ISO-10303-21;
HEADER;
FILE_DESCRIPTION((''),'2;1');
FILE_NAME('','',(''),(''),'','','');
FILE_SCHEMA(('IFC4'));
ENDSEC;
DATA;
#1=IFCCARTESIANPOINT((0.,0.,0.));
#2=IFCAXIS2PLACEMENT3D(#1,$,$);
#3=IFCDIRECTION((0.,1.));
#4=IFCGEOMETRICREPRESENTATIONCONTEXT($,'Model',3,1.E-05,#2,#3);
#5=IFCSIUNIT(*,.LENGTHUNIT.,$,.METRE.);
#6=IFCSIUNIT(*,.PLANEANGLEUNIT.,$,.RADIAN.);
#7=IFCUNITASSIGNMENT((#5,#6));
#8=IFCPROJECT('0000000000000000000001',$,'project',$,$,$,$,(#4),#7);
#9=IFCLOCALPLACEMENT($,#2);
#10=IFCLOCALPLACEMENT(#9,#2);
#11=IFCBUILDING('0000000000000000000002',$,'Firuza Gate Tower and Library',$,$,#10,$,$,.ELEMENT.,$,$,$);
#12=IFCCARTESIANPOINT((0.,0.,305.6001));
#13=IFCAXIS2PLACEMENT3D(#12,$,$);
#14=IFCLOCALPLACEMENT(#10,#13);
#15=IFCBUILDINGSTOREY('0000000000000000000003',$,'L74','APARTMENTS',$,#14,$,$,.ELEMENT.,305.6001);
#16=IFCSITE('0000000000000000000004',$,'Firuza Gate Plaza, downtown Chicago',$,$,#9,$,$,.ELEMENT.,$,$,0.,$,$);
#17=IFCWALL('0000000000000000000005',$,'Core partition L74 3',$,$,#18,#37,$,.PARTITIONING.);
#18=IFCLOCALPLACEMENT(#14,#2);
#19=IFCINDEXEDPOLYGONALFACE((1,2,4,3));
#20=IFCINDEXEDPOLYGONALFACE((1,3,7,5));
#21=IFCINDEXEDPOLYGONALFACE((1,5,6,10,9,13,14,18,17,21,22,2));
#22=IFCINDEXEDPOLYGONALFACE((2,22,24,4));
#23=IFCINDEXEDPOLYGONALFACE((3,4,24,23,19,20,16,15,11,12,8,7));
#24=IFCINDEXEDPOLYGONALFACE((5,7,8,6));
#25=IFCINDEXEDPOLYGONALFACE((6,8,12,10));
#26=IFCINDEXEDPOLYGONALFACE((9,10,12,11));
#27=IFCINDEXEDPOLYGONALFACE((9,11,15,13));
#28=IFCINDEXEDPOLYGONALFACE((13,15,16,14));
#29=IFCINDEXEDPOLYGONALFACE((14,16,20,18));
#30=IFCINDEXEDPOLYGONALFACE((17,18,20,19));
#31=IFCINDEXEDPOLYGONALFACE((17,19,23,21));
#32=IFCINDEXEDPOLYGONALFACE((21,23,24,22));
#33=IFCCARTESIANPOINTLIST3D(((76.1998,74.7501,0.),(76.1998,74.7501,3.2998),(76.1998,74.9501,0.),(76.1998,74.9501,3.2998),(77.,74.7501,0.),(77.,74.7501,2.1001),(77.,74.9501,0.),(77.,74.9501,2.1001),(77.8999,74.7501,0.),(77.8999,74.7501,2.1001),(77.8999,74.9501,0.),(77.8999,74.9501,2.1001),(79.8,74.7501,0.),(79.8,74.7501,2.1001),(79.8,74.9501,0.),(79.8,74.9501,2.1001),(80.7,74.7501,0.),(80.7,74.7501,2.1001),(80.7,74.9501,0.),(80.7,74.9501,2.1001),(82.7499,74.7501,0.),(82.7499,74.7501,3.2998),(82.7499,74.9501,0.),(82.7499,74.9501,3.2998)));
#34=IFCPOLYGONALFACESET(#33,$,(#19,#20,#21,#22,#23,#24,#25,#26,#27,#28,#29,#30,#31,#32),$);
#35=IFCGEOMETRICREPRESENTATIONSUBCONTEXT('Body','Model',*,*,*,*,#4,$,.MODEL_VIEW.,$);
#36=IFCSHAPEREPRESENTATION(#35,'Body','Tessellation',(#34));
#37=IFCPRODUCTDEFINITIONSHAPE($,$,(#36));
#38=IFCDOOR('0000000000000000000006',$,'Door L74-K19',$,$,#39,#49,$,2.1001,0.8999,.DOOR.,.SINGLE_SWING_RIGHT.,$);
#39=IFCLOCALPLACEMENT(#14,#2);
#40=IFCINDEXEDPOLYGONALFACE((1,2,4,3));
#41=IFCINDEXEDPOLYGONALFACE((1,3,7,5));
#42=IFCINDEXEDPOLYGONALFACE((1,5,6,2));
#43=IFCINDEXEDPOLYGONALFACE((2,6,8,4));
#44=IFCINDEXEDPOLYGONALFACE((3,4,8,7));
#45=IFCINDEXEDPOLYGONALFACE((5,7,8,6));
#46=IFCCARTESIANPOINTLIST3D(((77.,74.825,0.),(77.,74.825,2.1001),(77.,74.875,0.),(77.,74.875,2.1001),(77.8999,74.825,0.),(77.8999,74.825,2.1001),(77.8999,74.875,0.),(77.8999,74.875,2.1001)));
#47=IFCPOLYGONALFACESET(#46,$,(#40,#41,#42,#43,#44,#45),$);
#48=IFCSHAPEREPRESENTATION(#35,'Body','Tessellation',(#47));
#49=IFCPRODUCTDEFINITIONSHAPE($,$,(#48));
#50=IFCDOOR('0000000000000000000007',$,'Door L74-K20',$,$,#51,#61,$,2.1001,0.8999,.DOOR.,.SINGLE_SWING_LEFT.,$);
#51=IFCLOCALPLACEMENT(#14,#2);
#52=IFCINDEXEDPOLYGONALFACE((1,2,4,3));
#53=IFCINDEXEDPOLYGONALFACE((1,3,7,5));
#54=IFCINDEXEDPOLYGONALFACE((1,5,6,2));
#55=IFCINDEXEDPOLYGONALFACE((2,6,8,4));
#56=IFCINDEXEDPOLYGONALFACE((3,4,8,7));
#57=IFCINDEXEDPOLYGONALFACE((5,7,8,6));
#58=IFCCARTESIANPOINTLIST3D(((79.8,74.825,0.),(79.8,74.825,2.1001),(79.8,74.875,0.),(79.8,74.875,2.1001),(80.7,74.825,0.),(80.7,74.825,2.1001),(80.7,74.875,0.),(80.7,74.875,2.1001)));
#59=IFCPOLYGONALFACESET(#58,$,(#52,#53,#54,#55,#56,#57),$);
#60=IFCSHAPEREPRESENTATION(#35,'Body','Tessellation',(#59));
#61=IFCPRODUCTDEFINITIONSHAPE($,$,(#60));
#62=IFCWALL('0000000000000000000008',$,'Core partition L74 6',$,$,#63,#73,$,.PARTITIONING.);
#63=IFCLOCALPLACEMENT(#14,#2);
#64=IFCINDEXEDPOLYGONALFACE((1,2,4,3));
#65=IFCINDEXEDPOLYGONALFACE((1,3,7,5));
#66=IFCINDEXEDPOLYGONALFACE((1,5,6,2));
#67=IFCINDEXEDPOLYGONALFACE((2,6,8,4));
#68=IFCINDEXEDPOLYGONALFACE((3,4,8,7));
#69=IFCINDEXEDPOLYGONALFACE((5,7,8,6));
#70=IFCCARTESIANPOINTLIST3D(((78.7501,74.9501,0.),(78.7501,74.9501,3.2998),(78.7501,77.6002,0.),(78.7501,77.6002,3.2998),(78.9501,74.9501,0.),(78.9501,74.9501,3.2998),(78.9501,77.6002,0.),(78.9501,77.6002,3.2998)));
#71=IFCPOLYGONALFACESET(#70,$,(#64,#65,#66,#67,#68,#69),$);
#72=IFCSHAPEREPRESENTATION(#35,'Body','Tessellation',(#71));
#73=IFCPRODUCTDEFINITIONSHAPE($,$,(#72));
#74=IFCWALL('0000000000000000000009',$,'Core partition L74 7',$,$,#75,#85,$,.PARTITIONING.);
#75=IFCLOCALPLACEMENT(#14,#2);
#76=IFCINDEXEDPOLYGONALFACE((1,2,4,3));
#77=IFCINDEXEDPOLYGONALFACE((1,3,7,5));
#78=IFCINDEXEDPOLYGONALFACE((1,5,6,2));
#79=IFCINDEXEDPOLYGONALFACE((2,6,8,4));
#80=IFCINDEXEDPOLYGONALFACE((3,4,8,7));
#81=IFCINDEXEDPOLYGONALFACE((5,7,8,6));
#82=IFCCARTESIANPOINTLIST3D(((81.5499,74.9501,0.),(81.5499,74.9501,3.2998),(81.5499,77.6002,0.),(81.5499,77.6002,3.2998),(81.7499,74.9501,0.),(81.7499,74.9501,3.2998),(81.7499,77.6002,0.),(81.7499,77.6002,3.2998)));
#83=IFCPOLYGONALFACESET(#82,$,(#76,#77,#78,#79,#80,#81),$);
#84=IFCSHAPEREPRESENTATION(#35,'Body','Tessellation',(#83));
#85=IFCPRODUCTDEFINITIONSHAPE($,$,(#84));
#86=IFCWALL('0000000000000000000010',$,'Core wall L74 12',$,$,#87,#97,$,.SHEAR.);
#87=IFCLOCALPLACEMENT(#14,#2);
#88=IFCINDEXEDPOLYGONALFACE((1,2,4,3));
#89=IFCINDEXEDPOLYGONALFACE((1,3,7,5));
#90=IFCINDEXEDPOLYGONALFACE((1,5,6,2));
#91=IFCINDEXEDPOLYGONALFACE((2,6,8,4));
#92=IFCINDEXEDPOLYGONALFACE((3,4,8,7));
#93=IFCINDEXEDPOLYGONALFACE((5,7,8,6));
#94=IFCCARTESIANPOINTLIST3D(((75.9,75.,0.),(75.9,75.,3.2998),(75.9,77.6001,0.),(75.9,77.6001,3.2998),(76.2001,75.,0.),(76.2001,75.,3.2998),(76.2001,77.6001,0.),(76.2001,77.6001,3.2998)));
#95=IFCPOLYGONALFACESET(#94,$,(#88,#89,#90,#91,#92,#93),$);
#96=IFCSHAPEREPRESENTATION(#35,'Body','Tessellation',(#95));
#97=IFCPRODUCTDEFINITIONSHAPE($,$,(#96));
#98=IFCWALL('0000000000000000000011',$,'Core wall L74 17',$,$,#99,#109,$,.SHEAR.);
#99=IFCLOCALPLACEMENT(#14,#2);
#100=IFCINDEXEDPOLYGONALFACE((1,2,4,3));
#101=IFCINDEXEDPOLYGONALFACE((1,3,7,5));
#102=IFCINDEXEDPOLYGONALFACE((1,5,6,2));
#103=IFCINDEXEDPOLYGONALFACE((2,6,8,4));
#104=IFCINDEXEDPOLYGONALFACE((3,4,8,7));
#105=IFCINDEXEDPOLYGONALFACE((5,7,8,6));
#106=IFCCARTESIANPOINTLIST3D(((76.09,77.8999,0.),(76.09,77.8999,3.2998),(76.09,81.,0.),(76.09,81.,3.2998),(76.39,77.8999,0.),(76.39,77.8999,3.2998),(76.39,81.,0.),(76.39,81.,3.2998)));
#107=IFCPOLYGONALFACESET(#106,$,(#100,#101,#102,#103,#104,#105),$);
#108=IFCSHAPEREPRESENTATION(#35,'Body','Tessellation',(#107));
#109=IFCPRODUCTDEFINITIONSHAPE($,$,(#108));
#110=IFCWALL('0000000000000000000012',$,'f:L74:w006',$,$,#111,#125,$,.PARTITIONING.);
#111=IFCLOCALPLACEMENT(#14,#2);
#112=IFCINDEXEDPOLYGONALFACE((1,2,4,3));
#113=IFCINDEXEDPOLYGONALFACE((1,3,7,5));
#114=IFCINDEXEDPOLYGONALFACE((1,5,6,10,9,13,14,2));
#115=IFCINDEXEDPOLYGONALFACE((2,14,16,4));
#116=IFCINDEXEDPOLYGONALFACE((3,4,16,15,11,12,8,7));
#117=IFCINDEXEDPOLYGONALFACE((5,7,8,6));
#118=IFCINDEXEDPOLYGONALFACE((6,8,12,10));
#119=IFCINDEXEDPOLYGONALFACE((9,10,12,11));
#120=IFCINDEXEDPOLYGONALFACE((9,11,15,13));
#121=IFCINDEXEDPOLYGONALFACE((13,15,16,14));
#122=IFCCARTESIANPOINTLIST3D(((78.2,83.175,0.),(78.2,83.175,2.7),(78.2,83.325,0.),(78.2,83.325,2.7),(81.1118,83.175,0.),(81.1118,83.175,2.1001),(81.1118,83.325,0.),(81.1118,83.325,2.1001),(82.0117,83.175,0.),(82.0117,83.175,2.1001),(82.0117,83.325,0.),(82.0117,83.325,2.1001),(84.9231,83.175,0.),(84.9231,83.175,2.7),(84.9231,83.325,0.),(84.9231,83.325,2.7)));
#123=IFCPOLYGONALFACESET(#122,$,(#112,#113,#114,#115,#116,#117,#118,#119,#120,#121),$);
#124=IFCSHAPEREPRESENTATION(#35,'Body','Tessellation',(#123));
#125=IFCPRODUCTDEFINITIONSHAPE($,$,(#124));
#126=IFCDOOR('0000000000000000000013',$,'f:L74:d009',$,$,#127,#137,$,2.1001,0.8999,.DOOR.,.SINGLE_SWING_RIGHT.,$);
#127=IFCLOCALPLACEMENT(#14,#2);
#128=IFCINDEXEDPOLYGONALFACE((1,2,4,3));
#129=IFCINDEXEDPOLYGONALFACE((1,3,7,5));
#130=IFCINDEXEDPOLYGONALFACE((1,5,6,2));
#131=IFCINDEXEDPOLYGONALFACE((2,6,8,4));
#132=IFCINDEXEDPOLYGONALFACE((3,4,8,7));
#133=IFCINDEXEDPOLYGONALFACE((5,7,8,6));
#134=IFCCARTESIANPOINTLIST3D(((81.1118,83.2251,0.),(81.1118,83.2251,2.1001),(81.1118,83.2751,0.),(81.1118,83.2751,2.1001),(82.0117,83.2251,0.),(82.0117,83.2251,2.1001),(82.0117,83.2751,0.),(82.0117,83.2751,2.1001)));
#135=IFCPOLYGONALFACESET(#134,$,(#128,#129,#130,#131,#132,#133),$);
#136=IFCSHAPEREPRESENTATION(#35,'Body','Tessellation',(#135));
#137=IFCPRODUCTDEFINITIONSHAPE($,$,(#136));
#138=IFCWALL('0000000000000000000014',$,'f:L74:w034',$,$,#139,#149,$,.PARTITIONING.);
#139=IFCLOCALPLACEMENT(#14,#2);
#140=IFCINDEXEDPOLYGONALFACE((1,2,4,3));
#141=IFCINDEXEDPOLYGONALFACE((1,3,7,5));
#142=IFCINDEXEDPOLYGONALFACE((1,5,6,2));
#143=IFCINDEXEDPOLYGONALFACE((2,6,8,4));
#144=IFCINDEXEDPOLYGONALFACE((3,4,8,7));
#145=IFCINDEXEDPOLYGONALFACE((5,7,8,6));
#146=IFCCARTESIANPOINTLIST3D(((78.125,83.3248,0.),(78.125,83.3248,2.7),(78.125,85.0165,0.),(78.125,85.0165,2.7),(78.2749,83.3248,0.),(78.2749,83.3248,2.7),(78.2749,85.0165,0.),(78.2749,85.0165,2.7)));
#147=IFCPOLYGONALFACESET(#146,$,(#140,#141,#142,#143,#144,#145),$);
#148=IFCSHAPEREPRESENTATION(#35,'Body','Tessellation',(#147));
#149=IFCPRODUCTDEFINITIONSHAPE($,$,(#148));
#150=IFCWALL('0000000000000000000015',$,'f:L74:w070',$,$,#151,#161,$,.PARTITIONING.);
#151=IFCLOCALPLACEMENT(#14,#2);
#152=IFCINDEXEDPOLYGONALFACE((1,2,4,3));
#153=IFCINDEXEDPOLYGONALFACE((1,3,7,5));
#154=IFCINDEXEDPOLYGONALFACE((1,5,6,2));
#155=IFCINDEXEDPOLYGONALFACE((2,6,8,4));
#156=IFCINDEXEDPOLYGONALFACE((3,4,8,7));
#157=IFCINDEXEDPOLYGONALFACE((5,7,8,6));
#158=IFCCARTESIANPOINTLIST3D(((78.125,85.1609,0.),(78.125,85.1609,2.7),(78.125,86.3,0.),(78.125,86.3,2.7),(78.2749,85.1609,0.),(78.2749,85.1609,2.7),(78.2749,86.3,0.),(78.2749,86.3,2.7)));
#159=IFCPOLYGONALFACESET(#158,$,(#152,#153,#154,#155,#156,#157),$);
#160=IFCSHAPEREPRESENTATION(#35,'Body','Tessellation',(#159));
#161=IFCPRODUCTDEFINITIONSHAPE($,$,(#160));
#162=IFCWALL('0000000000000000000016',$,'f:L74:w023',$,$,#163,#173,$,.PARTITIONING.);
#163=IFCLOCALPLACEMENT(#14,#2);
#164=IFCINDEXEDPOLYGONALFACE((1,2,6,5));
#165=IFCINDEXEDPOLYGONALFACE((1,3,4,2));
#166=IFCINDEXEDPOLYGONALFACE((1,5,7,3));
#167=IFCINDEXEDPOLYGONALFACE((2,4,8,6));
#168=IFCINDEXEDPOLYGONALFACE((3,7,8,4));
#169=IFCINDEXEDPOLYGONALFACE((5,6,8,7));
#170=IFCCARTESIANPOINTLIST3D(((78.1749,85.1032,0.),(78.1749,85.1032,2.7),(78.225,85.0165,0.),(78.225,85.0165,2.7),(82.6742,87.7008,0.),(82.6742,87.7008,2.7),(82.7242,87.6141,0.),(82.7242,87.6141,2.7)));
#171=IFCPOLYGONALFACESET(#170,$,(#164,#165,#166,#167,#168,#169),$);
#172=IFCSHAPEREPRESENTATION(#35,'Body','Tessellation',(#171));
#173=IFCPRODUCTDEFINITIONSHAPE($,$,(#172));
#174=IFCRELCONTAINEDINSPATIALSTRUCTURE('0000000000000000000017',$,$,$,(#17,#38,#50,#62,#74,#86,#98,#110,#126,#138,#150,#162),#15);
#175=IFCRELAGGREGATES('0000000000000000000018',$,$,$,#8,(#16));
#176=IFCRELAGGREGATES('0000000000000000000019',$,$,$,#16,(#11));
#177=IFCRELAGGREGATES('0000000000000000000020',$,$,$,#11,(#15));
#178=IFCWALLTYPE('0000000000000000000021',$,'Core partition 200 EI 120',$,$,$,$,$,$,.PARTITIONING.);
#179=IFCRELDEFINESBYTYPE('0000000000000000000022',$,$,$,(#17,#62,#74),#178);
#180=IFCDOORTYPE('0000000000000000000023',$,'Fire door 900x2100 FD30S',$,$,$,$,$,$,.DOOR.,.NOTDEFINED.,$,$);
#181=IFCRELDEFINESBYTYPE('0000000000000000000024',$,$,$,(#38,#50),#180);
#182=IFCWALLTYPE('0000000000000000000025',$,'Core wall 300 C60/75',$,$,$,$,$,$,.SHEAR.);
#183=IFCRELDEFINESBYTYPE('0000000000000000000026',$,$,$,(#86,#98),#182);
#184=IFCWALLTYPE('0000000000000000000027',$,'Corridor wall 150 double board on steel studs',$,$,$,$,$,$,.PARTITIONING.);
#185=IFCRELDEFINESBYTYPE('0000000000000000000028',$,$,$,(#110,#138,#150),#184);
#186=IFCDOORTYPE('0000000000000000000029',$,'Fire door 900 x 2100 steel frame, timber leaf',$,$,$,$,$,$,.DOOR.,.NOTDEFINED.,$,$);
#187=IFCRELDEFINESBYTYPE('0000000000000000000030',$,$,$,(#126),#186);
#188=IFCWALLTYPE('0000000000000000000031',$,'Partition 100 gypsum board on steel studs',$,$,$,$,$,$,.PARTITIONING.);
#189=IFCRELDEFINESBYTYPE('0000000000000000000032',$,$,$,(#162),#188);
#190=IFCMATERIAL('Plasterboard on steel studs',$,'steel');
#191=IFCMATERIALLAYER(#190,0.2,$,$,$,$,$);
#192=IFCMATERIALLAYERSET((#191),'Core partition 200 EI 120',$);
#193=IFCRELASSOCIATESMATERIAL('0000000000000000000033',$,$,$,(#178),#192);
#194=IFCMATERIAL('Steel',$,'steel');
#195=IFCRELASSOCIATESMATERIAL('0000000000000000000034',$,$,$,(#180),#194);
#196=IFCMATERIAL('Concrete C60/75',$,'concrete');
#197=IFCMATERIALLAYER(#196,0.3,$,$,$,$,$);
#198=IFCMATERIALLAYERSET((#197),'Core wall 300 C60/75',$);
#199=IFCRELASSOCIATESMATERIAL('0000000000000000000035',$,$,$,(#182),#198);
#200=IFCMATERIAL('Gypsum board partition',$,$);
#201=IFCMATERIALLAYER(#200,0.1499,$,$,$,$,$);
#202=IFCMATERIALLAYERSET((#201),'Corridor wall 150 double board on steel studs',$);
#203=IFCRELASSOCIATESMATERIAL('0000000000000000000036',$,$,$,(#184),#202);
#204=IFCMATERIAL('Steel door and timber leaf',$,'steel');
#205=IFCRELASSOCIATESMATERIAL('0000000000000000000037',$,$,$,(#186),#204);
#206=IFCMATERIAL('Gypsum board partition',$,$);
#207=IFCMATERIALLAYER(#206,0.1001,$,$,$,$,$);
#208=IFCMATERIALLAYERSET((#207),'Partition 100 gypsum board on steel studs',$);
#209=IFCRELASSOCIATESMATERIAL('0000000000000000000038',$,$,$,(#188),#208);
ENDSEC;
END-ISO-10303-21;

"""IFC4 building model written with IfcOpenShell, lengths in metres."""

from ifc_helpers import new_model, si_unit, direction, frame, frame_2d, origin, place, context, subcontext, project, spatial, rectangle, extrude, material, layer, layer_set, type_object, element, fill, save


model = new_model("IFC4")

# Units and contexts
model_context = context("Model", 3, precision=1e-05, world=origin(), true_north=direction((0.0, 1.0)))
body_context = subcontext(model_context, "Body", "Model", "MODEL_VIEW")
ifc_project = project(units=[si_unit("LENGTHUNIT", "METRE"), si_unit("PLANEANGLEUNIT", "RADIAN")], contexts=[model_context])

# Site, building, storey
site_placement = place(None, origin())
site = spatial("IfcSite", under=ifc_project, at=site_placement, Name="Firuza Gate Plaza, downtown Chicago", CompositionType="ELEMENT", RefElevation=0.0)
building_placement = place(site_placement, origin())
building = spatial("IfcBuilding", under=site, at=building_placement, Name="Firuza Gate Tower and Library", CompositionType="ELEMENT")
storey_placement = place(building_placement, frame((0.0, 0.0, 305.6001)))
storey = spatial("IfcBuildingStorey", under=building, at=storey_placement, Name="L74", Description="APARTMENTS", CompositionType="ELEMENT", Elevation=305.6001)

# Shared definitions
ifc_material_1 = material(Name="Plasterboard on steel studs", Category="steel")
ifc_layer_1 = layer(ifc_material_1, 0.2)
ifc_layer_set_1 = layer_set([ifc_layer_1], Name="Core partition 200 EI 120")
wall_type_1 = type_object("IfcWallType", Name="Core partition 200 EI 120", PredefinedType="PARTITIONING", material=ifc_layer_set_1)

# Wall, openings, doors
wall_1_placement = place(storey_placement, frame((76.2, 74.8501, 0.0), z_axis=(0.0, 0.0, 1.0), x_axis=(1.0, 0.0, 0.0)))
wall_1 = element("IfcWall", 1, at=wall_1_placement, inside=storey, type_object=wall_type_1, Name="Core partition L74 3", PredefinedType="PARTITIONING", context=body_context, shape_type="SweptSolid", body=[
    extrude(rectangle(XDim=6.55, YDim=0.2, at=frame_2d((3.2749, 0.0))), origin(), (0.0, 0.0, 1.0), 3.2998),
])
opening_1_placement = place(wall_1_placement, frame((0.8, 0.0, 0.0)))
opening_1 = element("IfcOpeningElement", 2, at=opening_1_placement, cuts=wall_1, PredefinedType="OPENING", context=body_context, shape_type="SweptSolid", body=[
    extrude(rectangle(XDim=0.8999, YDim=2.1001, at=frame_2d((0.45, 1.05))), frame((0.0, 0.1099, 0.0), z_axis=(0.0, -1.0, 0.0), x_axis=(1.0, 0.0, 0.0)), (0.0, 0.0, 1.0), 0.22),
])
opening_2_placement = place(wall_1_placement, frame((3.6001, 0.0, 0.0)))
opening_2 = element("IfcOpeningElement", 3, at=opening_2_placement, cuts=wall_1, PredefinedType="OPENING", context=body_context, shape_type="SweptSolid", body=[
    extrude(rectangle(XDim=0.8999, YDim=2.1001, at=frame_2d((0.45, 1.05))), frame((0.0, 0.1099, 0.0), z_axis=(0.0, -1.0, 0.0), x_axis=(1.0, 0.0, 0.0)), (0.0, 0.0, 1.0), 0.22),
])
ifc_material_2 = material(Name="Steel", Category="steel")
door_type_1 = type_object("IfcDoorType", Name="Fire door 900x2100 FD30S", OperationType="NOTDEFINED", PredefinedType="DOOR", material=ifc_material_2)
door_1_placement = place(opening_1_placement, origin())
door_1 = element("IfcDoor", 4, at=door_1_placement, inside=storey, type_object=door_type_1, Name="Door L74-K19", OperationType="SINGLE_SWING_RIGHT", OverallHeight=2.1001, OverallWidth=0.8999, PredefinedType="DOOR", context=body_context, shape_type="SweptSolid", body=[
    extrude(rectangle(XDim=0.8999, YDim=2.1001, at=frame_2d((0.45, 1.05))), frame((0.0, 0.0249, 0.0), z_axis=(0.0, -1.0, 0.0), x_axis=(1.0, 0.0, 0.0)), (0.0, 0.0, 1.0), 0.05),
])
fill(opening_1, door_1)
door_2_placement = place(opening_2_placement, origin())
door_2 = element("IfcDoor", 5, at=door_2_placement, inside=storey, type_object=door_type_1, Name="Door L74-K20", OperationType="SINGLE_SWING_LEFT", OverallHeight=2.1001, OverallWidth=0.8999, PredefinedType="DOOR", context=body_context, shape_type="SweptSolid", body=[
    extrude(rectangle(XDim=0.8999, YDim=2.1001, at=frame_2d((0.45, 1.05))), frame((0.0, 0.0249, 0.0), z_axis=(0.0, -1.0, 0.0), x_axis=(1.0, 0.0, 0.0)), (0.0, 0.0, 1.0), 0.05),
])
fill(opening_2, door_2)

# Walls
for number, where, z_axis, x_axis, name in (
    (6, (78.8501, 74.95, 0.0), (0.0, 0.0, 1.0), (0.0, 1.0, 0.0), "Core partition L74 6"),
    (7, (81.6499, 74.95, 0.0), (0.0, 0.0, 1.0), (0.0, 1.0, 0.0), "Core partition L74 7"),
):
    element("IfcWall", number, at=place(storey_placement, frame(where, z_axis=z_axis, x_axis=x_axis)), inside=storey, type_object=wall_type_1, Name=name, PredefinedType="PARTITIONING", context=body_context, shape_type="SweptSolid", body=[
        extrude(rectangle(XDim=2.6501, YDim=0.2, at=frame_2d((1.3252, 0.0))), origin(), (0.0, 0.0, 1.0), 3.2998),
    ])
ifc_material_3 = material(Name="Concrete C60/75", Category="concrete")
ifc_layer_2 = layer(ifc_material_3, 0.3)
ifc_layer_set_2 = layer_set([ifc_layer_2], Name="Core wall 300 C60/75")
wall_type_2 = type_object("IfcWallType", Name="Core wall 300 C60/75", PredefinedType="SHEAR", material=ifc_layer_set_2)
wall_2_placement = place(storey_placement, frame((76.05, 75.0, 0.0), z_axis=(0.0, 0.0, 1.0), x_axis=(0.0, 1.0, 0.0)))
element("IfcWall", 8, at=wall_2_placement, inside=storey, type_object=wall_type_2, Name="Core wall L74 12", PredefinedType="SHEAR", context=body_context, shape_type="SweptSolid", body=[
    extrude(rectangle(XDim=2.6001, YDim=0.3, at=frame_2d((1.3, 0.0))), origin(), (0.0, 0.0, 1.0), 3.2998),
])
wall_3_placement = place(storey_placement, frame((76.24, 77.8999, 0.0), z_axis=(0.0, 0.0, 1.0), x_axis=(0.0, 1.0, 0.0)))
element("IfcWall", 9, at=wall_3_placement, inside=storey, type_object=wall_type_2, Name="Core wall L74 17", PredefinedType="SHEAR", context=body_context, shape_type="SweptSolid", body=[
    extrude(rectangle(XDim=3.1001, YDim=0.3, at=frame_2d((1.55, 0.0))), origin(), (0.0, 0.0, 1.0), 3.2998),
])

# Wall, opening, door
ifc_material_4 = material(Name="Gypsum board partition")
ifc_layer_3 = layer(ifc_material_4, 0.1499)
ifc_layer_set_3 = layer_set([ifc_layer_3], Name="Corridor wall 150 double board on steel studs")
wall_type_3 = type_object("IfcWallType", Name="Corridor wall 150 double board on steel studs", PredefinedType="PARTITIONING", material=ifc_layer_set_3)
wall_4_placement = place(storey_placement, frame((84.9231, 83.25, 0.0), z_axis=(0.0, 0.0, 1.0), x_axis=(-1.0, 0.0, 0.0)))
wall_4 = element("IfcWall", 10, at=wall_4_placement, inside=storey, type_object=wall_type_3, Name="f:L74:w006", PredefinedType="PARTITIONING", context=body_context, shape_type="SweptSolid", body=[
    extrude(rectangle(XDim=6.7231, YDim=0.1499, at=frame_2d((3.3616, 0.0))), origin(), (0.0, 0.0, 1.0), 2.7),
])
opening_3_placement = place(wall_4_placement, frame((2.9114, 0.0, 0.0)))
opening_3 = element("IfcOpeningElement", 11, at=opening_3_placement, cuts=wall_4, PredefinedType="OPENING", context=body_context, shape_type="SweptSolid", body=[
    extrude(rectangle(XDim=0.8999, YDim=2.1001, at=frame_2d((0.45, 1.05))), frame((0.0, 0.085, 0.0), z_axis=(0.0, -1.0, 0.0), x_axis=(1.0, 0.0, 0.0)), (0.0, 0.0, 1.0), 0.1699),
])
ifc_material_5 = material(Name="Steel door and timber leaf", Category="steel")
door_type_2 = type_object("IfcDoorType", Name="Fire door 900 x 2100 steel frame, timber leaf", OperationType="NOTDEFINED", PredefinedType="DOOR", material=ifc_material_5)
door_3_placement = place(opening_3_placement, origin())
door_3 = element("IfcDoor", 12, at=door_3_placement, inside=storey, type_object=door_type_2, Name="f:L74:d009", OperationType="SINGLE_SWING_RIGHT", OverallHeight=2.1001, OverallWidth=0.8999, PredefinedType="DOOR", context=body_context, shape_type="SweptSolid", body=[
    extrude(rectangle(XDim=0.8999, YDim=2.1001, at=frame_2d((0.45, 1.05))), frame((0.0, 0.0249, 0.0), z_axis=(0.0, -1.0, 0.0), x_axis=(1.0, 0.0, 0.0)), (0.0, 0.0, 1.0), 0.05),
])
fill(opening_3, door_3)

# Walls
wall_5_placement = place(storey_placement, frame((78.2, 83.325, 0.0), z_axis=(0.0, 0.0, 1.0), x_axis=(0.0, 1.0, 0.0)))
element("IfcWall", 13, at=wall_5_placement, inside=storey, type_object=wall_type_3, Name="f:L74:w034", PredefinedType="PARTITIONING", context=body_context, shape_type="SweptSolid", body=[
    extrude(rectangle(XDim=1.6917, YDim=0.1499, at=frame_2d((0.8457, 0.0))), origin(), (0.0, 0.0, 1.0), 2.7),
])
wall_6_placement = place(storey_placement, frame((78.2, 85.1609, 0.0), z_axis=(0.0, 0.0, 1.0), x_axis=(0.0, 1.0, 0.0)))
element("IfcWall", 14, at=wall_6_placement, inside=storey, type_object=wall_type_3, Name="f:L74:w070", PredefinedType="PARTITIONING", context=body_context, shape_type="SweptSolid", body=[
    extrude(rectangle(XDim=1.1392, YDim=0.1499, at=frame_2d((0.5696, 0.0))), origin(), (0.0, 0.0, 1.0), 2.7),
])
ifc_material_6 = material(Name="Gypsum board partition")
ifc_layer_4 = layer(ifc_material_6, 0.1001)
ifc_layer_set_4 = layer_set([ifc_layer_4], Name="Partition 100 gypsum board on steel studs")
wall_type_4 = type_object("IfcWallType", Name="Partition 100 gypsum board on steel studs", PredefinedType="PARTITIONING", material=ifc_layer_set_4)
wall_7_placement = place(storey_placement, frame((78.2, 85.0598, 0.0), z_axis=(0.0, 0.0, 1.0), x_axis=(0.866025, 0.5, 0.0)))
element("IfcWall", 15, at=wall_7_placement, inside=storey, type_object=wall_type_4, Name="f:L74:w023", PredefinedType="PARTITIONING", context=body_context, shape_type="SweptSolid", body=[
    extrude(rectangle(XDim=5.1953, YDim=0.1001, at=frame_2d((2.5977, 0.0))), origin(), (0.0, 0.0, 1.0), 2.7),
])

save(model, "model.ifc")
